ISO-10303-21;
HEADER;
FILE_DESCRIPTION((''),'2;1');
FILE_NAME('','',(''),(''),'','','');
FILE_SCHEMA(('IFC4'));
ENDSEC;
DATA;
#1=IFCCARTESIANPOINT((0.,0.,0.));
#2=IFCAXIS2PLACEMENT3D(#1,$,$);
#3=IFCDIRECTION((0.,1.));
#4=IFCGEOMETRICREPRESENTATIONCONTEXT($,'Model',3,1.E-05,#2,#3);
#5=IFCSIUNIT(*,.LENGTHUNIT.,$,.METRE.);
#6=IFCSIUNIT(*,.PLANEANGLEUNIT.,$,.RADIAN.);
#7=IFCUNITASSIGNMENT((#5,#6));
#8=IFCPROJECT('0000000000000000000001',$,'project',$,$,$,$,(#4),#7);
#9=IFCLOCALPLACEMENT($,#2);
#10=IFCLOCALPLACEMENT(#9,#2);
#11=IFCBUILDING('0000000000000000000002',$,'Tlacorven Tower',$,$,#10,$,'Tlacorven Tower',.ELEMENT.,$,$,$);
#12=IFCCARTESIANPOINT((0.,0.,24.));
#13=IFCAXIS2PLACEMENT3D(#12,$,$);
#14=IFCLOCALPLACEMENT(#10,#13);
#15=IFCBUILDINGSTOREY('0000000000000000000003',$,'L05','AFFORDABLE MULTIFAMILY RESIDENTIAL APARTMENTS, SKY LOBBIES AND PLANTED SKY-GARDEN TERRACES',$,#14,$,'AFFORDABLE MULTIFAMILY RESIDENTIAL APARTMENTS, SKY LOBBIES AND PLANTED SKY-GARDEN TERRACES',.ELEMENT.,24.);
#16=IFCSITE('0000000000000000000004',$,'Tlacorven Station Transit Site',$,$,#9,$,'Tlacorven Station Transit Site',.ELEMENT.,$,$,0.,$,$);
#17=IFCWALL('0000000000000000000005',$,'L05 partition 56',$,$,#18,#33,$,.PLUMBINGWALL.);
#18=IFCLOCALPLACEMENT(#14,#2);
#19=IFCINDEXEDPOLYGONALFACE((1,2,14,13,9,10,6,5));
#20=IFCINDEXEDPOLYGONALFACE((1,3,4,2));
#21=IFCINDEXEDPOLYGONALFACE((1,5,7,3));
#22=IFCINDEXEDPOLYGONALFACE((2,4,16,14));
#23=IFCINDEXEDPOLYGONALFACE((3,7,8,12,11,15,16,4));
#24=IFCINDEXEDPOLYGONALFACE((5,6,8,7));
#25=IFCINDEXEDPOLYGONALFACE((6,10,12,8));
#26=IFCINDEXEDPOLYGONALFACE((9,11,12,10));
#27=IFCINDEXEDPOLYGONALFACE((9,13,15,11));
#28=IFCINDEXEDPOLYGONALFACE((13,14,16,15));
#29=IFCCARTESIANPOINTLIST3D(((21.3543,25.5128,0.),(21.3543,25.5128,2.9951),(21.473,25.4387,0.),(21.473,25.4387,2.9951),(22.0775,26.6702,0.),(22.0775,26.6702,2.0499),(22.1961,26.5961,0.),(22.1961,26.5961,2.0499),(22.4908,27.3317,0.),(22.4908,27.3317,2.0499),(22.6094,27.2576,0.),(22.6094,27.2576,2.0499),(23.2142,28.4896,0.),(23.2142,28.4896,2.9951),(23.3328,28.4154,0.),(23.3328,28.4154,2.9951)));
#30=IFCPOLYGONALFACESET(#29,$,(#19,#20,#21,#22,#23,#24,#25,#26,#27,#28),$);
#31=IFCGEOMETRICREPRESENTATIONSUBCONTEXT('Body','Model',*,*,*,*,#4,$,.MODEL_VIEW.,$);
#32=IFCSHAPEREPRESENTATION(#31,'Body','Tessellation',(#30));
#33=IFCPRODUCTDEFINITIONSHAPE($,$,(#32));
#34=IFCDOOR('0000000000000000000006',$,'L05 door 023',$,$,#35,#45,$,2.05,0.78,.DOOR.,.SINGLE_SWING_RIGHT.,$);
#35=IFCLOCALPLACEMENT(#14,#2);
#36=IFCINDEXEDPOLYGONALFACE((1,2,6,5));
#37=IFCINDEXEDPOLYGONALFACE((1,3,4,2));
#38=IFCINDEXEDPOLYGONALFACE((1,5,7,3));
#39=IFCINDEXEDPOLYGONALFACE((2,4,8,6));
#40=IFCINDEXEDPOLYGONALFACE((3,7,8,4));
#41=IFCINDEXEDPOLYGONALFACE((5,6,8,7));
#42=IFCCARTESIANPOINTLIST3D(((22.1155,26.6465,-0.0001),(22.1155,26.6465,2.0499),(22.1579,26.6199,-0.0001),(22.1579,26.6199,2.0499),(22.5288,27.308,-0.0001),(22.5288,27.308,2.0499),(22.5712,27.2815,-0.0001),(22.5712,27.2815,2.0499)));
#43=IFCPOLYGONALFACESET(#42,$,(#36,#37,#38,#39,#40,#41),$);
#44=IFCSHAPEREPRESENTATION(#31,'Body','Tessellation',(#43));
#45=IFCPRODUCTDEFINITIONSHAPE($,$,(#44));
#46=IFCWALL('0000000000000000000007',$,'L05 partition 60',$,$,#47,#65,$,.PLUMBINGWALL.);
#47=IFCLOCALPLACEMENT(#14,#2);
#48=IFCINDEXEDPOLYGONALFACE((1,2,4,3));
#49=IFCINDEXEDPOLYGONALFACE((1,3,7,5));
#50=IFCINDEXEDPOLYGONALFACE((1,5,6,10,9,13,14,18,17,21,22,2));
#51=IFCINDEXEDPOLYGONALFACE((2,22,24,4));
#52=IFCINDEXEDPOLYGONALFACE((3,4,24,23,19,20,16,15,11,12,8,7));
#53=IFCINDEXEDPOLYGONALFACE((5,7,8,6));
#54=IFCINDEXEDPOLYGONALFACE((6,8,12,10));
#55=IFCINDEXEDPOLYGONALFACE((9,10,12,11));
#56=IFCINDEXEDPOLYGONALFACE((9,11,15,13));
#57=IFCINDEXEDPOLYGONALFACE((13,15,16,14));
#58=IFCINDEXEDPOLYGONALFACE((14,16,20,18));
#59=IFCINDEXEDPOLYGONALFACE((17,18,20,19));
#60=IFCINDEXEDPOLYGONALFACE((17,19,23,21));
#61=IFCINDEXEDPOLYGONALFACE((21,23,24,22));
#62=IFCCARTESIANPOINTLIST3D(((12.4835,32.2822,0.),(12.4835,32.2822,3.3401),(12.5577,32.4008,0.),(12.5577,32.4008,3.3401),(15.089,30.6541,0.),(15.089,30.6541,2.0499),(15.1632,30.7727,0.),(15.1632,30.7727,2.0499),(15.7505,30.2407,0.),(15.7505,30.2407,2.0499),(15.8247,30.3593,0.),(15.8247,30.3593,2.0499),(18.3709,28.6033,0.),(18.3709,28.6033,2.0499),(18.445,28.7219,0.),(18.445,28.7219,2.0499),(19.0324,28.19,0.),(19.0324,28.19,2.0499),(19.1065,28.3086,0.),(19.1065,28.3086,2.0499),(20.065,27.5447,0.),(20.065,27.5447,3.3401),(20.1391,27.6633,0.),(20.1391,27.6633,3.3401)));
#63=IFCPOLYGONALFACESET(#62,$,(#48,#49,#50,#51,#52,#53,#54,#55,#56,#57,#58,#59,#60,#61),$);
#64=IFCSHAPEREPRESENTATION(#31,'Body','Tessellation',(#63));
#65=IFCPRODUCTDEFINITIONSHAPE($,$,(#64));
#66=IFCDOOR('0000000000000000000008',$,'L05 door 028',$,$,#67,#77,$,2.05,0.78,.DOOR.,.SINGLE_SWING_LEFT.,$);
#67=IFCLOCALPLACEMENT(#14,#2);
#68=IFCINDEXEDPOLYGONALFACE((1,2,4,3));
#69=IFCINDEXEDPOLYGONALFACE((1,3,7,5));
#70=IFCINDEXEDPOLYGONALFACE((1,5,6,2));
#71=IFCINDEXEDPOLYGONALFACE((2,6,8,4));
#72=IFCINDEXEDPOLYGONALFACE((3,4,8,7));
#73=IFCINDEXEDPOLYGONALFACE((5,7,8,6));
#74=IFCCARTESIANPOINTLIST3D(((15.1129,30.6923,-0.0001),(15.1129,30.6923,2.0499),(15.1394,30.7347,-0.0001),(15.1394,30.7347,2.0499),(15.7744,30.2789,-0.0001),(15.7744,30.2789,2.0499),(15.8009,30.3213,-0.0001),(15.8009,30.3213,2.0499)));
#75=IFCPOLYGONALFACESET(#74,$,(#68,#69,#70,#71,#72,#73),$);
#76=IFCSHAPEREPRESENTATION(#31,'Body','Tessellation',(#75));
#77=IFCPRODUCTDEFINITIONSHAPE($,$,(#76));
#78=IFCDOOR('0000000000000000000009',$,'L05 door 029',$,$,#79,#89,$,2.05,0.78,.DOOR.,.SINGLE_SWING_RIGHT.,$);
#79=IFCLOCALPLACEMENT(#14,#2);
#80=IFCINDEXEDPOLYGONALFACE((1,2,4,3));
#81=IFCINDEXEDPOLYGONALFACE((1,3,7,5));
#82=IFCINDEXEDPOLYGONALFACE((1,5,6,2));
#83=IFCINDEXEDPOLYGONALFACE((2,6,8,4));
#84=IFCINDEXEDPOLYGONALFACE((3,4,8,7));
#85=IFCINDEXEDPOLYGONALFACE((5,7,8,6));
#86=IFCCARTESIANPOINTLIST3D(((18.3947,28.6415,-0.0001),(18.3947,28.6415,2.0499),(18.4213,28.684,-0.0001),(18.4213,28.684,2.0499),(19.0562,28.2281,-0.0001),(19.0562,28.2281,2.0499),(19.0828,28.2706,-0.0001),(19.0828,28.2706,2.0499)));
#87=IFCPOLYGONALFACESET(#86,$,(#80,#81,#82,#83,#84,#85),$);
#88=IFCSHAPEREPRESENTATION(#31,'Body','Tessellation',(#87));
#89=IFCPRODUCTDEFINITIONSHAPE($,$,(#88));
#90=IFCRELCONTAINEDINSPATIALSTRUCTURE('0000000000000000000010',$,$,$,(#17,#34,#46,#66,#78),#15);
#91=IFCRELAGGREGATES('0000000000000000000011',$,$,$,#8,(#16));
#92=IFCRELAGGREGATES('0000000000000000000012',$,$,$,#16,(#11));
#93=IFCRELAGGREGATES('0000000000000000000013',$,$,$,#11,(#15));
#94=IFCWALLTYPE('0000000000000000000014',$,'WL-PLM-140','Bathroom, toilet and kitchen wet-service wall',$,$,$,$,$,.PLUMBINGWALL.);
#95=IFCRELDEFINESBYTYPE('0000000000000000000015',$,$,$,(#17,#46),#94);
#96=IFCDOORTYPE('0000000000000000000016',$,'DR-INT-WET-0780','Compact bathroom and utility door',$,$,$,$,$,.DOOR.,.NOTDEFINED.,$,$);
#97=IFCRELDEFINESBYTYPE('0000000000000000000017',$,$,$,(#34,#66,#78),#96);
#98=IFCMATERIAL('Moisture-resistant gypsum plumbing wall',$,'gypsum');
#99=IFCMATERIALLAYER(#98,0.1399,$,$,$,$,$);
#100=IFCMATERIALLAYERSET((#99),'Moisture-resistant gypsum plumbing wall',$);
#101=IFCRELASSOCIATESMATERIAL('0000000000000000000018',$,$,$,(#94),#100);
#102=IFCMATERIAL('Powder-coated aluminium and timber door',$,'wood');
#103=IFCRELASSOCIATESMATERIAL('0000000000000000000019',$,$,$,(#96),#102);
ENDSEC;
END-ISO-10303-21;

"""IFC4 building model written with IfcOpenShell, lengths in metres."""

from ifc_helpers import new_model, si_unit, direction, frame, frame_2d, origin, place, context, subcontext, project, spatial, rectangle, extrude, source, transform, mapped, material, layer, layer_set, type_object, element, fill, save


model = new_model("IFC4")

# Units and contexts
model_context = context("Model", 3, precision=1e-05, world=origin(), true_north=direction((0.0, 1.0)))
body_context = subcontext(model_context, "Body", "Model", "MODEL_VIEW")
ifc_project = project(units=[si_unit("LENGTHUNIT", "METRE"), si_unit("PLANEANGLEUNIT", "RADIAN")], contexts=[model_context])

# Site, building, storey
site_placement = place(None, origin())
site = spatial("IfcSite", under=ifc_project, at=site_placement, Name="Tlacorven Station Transit Site", LongName="Tlacorven Station Transit Site", CompositionType="ELEMENT", RefElevation=0.0)
building_placement = place(site_placement, origin())
building = spatial("IfcBuilding", under=site, at=building_placement, Name="Tlacorven Tower", LongName="Tlacorven Tower", CompositionType="ELEMENT")
storey_placement = place(building_placement, frame((0.0, 0.0, 24.0)))
storey = spatial("IfcBuildingStorey", under=building, at=storey_placement, Name="L05", Description="AFFORDABLE MULTIFAMILY RESIDENTIAL APARTMENTS, SKY LOBBIES AND PLANTED SKY-GARDEN TERRACES", LongName="AFFORDABLE MULTIFAMILY RESIDENTIAL APARTMENTS, SKY LOBBIES AND PLANTED SKY-GARDEN TERRACES", CompositionType="ELEMENT", Elevation=24.0)

# Shared definitions
ifc_material_1 = material(Name="Powder-coated aluminium and timber door", Category="wood")

# Wall, opening, door
ifc_material_2 = material(Name="Moisture-resistant gypsum plumbing wall", Category="gypsum")
ifc_layer_1 = layer(ifc_material_2, 0.1399)
ifc_layer_set_1 = layer_set([ifc_layer_1], Name="Moisture-resistant gypsum plumbing wall")
wall_type_1 = type_object("IfcWallType", Name="WL-PLM-140", Description="Bathroom, toilet and kitchen wet-service wall", PredefinedType="PLUMBINGWALL", material=ifc_layer_set_1)
wall_1_placement = place(storey_placement, frame((23.2734, 28.4524, 0.0), z_axis=(0.0, 0.0, 1.0), x_axis=(-0.529868, -0.84808, 0.0)))
wall_1 = element("IfcWall", 1, at=wall_1_placement, inside=storey, type_object=wall_type_1, Name="L05 partition 56", PredefinedType="PLUMBINGWALL", context=body_context, shape_type="SweptSolid", body=[
    extrude(rectangle(XDim=3.51, YDim=0.1399, at=frame_2d((1.7549, 0.0))), origin(), (0.0, 0.0, 1.0), 2.9951),
])
opening_1_placement = place(wall_1_placement, frame((1.365, 0.0, 0.0)))
opening_1 = element("IfcOpeningElement", 2, at=opening_1_placement, cuts=wall_1, PredefinedType="OPENING", context=body_context, shape_type="SweptSolid", body=[
    extrude(rectangle(XDim=0.78, YDim=2.05, at=frame_2d((0.3901, 1.0249))), frame((0.0, 0.0801, 0.0), z_axis=(0.0, -1.0, 0.0), x_axis=(1.0, 0.0, 0.0)), (0.0, 0.0, 1.0), 0.1599),
])
door_type_1 = type_object("IfcDoorType", Name="DR-INT-WET-0780", Description="Compact bathroom and utility door", OperationType="NOTDEFINED", PredefinedType="DOOR", material=ifc_material_1)
shared_shape_1 = source(origin(), body_context, "Body", "SweptSolid", [
    extrude(rectangle(XDim=0.78, YDim=2.05, at=frame_2d((0.3901, 1.0249))), frame((0.0, 0.0249, 0.0), z_axis=(0.0, -1.0, 0.0), x_axis=(1.0, 0.0, 0.0)), (0.0, 0.0, 1.0), 0.05),
])
door_1_placement = place(opening_1_placement, origin())
door_1 = element("IfcDoor", 3, at=door_1_placement, inside=storey, type_object=door_type_1, Name="L05 door 023", OperationType="SINGLE_SWING_RIGHT", OverallHeight=2.05, OverallWidth=0.78, PredefinedType="DOOR", context=body_context, shape_type="MappedRepresentation", body=[
    mapped(shared_shape_1, transform((0.0, 0.0, 0.0), scale=1.0)),
])
fill(opening_1, door_1)

# Wall, openings, doors
wall_2_placement = place(storey_placement, frame((20.1021, 27.604, 0.0), z_axis=(0.0, 0.0, 1.0), x_axis=(-0.848044, 0.529925, 0.0)))
wall_2 = element("IfcWall", 4, at=wall_2_placement, inside=storey, type_object=wall_type_1, Name="L05 partition 60", PredefinedType="PLUMBINGWALL", context=body_context, shape_type="SweptSolid", body=[
    extrude(rectangle(XDim=8.9399, YDim=0.1399, at=frame_2d((4.47, 0.0))), origin(), (0.0, 0.0, 1.0), 3.3401),
])
opening_2_placement = place(wall_2_placement, frame((5.0874, 0.0, 0.0)))
opening_2 = element("IfcOpeningElement", 5, at=opening_2_placement, cuts=wall_2, PredefinedType="OPENING", context=body_context, shape_type="SweptSolid", body=[
    extrude(rectangle(XDim=0.78, YDim=2.05, at=frame_2d((0.3901, 1.0249))), frame((0.0, 0.0801, 0.0), z_axis=(0.0, -1.0, 0.0), x_axis=(1.0, 0.0, 0.0)), (0.0, 0.0, 1.0), 0.1599),
])
opening_3_placement = place(wall_2_placement, frame((1.2175, 0.0, 0.0)))
opening_3 = element("IfcOpeningElement", 6, at=opening_3_placement, cuts=wall_2, PredefinedType="OPENING", context=body_context, shape_type="SweptSolid", body=[
    extrude(rectangle(XDim=0.78, YDim=2.05, at=frame_2d((0.3901, 1.0249))), frame((0.0, 0.0801, 0.0), z_axis=(0.0, -1.0, 0.0), x_axis=(1.0, 0.0, 0.0)), (0.0, 0.0, 1.0), 0.1599),
])
door_2_placement = place(opening_2_placement, origin())
door_2 = element("IfcDoor", 7, at=door_2_placement, inside=storey, type_object=door_type_1, Name="L05 door 028", OperationType="SINGLE_SWING_LEFT", OverallHeight=2.05, OverallWidth=0.78, PredefinedType="DOOR", context=body_context, shape_type="MappedRepresentation", body=[
    mapped(shared_shape_1, transform((0.0, 0.0, 0.0), scale=1.0)),
])
fill(opening_2, door_2)
door_3_placement = place(opening_3_placement, origin())
door_3 = element("IfcDoor", 8, at=door_3_placement, inside=storey, type_object=door_type_1, Name="L05 door 029", OperationType="SINGLE_SWING_RIGHT", OverallHeight=2.05, OverallWidth=0.78, PredefinedType="DOOR", context=body_context, shape_type="MappedRepresentation", body=[
    mapped(shared_shape_1, transform((0.0, 0.0, 0.0), scale=1.0)),
])
fill(opening_3, door_3)

save(model, "model.ifc")
